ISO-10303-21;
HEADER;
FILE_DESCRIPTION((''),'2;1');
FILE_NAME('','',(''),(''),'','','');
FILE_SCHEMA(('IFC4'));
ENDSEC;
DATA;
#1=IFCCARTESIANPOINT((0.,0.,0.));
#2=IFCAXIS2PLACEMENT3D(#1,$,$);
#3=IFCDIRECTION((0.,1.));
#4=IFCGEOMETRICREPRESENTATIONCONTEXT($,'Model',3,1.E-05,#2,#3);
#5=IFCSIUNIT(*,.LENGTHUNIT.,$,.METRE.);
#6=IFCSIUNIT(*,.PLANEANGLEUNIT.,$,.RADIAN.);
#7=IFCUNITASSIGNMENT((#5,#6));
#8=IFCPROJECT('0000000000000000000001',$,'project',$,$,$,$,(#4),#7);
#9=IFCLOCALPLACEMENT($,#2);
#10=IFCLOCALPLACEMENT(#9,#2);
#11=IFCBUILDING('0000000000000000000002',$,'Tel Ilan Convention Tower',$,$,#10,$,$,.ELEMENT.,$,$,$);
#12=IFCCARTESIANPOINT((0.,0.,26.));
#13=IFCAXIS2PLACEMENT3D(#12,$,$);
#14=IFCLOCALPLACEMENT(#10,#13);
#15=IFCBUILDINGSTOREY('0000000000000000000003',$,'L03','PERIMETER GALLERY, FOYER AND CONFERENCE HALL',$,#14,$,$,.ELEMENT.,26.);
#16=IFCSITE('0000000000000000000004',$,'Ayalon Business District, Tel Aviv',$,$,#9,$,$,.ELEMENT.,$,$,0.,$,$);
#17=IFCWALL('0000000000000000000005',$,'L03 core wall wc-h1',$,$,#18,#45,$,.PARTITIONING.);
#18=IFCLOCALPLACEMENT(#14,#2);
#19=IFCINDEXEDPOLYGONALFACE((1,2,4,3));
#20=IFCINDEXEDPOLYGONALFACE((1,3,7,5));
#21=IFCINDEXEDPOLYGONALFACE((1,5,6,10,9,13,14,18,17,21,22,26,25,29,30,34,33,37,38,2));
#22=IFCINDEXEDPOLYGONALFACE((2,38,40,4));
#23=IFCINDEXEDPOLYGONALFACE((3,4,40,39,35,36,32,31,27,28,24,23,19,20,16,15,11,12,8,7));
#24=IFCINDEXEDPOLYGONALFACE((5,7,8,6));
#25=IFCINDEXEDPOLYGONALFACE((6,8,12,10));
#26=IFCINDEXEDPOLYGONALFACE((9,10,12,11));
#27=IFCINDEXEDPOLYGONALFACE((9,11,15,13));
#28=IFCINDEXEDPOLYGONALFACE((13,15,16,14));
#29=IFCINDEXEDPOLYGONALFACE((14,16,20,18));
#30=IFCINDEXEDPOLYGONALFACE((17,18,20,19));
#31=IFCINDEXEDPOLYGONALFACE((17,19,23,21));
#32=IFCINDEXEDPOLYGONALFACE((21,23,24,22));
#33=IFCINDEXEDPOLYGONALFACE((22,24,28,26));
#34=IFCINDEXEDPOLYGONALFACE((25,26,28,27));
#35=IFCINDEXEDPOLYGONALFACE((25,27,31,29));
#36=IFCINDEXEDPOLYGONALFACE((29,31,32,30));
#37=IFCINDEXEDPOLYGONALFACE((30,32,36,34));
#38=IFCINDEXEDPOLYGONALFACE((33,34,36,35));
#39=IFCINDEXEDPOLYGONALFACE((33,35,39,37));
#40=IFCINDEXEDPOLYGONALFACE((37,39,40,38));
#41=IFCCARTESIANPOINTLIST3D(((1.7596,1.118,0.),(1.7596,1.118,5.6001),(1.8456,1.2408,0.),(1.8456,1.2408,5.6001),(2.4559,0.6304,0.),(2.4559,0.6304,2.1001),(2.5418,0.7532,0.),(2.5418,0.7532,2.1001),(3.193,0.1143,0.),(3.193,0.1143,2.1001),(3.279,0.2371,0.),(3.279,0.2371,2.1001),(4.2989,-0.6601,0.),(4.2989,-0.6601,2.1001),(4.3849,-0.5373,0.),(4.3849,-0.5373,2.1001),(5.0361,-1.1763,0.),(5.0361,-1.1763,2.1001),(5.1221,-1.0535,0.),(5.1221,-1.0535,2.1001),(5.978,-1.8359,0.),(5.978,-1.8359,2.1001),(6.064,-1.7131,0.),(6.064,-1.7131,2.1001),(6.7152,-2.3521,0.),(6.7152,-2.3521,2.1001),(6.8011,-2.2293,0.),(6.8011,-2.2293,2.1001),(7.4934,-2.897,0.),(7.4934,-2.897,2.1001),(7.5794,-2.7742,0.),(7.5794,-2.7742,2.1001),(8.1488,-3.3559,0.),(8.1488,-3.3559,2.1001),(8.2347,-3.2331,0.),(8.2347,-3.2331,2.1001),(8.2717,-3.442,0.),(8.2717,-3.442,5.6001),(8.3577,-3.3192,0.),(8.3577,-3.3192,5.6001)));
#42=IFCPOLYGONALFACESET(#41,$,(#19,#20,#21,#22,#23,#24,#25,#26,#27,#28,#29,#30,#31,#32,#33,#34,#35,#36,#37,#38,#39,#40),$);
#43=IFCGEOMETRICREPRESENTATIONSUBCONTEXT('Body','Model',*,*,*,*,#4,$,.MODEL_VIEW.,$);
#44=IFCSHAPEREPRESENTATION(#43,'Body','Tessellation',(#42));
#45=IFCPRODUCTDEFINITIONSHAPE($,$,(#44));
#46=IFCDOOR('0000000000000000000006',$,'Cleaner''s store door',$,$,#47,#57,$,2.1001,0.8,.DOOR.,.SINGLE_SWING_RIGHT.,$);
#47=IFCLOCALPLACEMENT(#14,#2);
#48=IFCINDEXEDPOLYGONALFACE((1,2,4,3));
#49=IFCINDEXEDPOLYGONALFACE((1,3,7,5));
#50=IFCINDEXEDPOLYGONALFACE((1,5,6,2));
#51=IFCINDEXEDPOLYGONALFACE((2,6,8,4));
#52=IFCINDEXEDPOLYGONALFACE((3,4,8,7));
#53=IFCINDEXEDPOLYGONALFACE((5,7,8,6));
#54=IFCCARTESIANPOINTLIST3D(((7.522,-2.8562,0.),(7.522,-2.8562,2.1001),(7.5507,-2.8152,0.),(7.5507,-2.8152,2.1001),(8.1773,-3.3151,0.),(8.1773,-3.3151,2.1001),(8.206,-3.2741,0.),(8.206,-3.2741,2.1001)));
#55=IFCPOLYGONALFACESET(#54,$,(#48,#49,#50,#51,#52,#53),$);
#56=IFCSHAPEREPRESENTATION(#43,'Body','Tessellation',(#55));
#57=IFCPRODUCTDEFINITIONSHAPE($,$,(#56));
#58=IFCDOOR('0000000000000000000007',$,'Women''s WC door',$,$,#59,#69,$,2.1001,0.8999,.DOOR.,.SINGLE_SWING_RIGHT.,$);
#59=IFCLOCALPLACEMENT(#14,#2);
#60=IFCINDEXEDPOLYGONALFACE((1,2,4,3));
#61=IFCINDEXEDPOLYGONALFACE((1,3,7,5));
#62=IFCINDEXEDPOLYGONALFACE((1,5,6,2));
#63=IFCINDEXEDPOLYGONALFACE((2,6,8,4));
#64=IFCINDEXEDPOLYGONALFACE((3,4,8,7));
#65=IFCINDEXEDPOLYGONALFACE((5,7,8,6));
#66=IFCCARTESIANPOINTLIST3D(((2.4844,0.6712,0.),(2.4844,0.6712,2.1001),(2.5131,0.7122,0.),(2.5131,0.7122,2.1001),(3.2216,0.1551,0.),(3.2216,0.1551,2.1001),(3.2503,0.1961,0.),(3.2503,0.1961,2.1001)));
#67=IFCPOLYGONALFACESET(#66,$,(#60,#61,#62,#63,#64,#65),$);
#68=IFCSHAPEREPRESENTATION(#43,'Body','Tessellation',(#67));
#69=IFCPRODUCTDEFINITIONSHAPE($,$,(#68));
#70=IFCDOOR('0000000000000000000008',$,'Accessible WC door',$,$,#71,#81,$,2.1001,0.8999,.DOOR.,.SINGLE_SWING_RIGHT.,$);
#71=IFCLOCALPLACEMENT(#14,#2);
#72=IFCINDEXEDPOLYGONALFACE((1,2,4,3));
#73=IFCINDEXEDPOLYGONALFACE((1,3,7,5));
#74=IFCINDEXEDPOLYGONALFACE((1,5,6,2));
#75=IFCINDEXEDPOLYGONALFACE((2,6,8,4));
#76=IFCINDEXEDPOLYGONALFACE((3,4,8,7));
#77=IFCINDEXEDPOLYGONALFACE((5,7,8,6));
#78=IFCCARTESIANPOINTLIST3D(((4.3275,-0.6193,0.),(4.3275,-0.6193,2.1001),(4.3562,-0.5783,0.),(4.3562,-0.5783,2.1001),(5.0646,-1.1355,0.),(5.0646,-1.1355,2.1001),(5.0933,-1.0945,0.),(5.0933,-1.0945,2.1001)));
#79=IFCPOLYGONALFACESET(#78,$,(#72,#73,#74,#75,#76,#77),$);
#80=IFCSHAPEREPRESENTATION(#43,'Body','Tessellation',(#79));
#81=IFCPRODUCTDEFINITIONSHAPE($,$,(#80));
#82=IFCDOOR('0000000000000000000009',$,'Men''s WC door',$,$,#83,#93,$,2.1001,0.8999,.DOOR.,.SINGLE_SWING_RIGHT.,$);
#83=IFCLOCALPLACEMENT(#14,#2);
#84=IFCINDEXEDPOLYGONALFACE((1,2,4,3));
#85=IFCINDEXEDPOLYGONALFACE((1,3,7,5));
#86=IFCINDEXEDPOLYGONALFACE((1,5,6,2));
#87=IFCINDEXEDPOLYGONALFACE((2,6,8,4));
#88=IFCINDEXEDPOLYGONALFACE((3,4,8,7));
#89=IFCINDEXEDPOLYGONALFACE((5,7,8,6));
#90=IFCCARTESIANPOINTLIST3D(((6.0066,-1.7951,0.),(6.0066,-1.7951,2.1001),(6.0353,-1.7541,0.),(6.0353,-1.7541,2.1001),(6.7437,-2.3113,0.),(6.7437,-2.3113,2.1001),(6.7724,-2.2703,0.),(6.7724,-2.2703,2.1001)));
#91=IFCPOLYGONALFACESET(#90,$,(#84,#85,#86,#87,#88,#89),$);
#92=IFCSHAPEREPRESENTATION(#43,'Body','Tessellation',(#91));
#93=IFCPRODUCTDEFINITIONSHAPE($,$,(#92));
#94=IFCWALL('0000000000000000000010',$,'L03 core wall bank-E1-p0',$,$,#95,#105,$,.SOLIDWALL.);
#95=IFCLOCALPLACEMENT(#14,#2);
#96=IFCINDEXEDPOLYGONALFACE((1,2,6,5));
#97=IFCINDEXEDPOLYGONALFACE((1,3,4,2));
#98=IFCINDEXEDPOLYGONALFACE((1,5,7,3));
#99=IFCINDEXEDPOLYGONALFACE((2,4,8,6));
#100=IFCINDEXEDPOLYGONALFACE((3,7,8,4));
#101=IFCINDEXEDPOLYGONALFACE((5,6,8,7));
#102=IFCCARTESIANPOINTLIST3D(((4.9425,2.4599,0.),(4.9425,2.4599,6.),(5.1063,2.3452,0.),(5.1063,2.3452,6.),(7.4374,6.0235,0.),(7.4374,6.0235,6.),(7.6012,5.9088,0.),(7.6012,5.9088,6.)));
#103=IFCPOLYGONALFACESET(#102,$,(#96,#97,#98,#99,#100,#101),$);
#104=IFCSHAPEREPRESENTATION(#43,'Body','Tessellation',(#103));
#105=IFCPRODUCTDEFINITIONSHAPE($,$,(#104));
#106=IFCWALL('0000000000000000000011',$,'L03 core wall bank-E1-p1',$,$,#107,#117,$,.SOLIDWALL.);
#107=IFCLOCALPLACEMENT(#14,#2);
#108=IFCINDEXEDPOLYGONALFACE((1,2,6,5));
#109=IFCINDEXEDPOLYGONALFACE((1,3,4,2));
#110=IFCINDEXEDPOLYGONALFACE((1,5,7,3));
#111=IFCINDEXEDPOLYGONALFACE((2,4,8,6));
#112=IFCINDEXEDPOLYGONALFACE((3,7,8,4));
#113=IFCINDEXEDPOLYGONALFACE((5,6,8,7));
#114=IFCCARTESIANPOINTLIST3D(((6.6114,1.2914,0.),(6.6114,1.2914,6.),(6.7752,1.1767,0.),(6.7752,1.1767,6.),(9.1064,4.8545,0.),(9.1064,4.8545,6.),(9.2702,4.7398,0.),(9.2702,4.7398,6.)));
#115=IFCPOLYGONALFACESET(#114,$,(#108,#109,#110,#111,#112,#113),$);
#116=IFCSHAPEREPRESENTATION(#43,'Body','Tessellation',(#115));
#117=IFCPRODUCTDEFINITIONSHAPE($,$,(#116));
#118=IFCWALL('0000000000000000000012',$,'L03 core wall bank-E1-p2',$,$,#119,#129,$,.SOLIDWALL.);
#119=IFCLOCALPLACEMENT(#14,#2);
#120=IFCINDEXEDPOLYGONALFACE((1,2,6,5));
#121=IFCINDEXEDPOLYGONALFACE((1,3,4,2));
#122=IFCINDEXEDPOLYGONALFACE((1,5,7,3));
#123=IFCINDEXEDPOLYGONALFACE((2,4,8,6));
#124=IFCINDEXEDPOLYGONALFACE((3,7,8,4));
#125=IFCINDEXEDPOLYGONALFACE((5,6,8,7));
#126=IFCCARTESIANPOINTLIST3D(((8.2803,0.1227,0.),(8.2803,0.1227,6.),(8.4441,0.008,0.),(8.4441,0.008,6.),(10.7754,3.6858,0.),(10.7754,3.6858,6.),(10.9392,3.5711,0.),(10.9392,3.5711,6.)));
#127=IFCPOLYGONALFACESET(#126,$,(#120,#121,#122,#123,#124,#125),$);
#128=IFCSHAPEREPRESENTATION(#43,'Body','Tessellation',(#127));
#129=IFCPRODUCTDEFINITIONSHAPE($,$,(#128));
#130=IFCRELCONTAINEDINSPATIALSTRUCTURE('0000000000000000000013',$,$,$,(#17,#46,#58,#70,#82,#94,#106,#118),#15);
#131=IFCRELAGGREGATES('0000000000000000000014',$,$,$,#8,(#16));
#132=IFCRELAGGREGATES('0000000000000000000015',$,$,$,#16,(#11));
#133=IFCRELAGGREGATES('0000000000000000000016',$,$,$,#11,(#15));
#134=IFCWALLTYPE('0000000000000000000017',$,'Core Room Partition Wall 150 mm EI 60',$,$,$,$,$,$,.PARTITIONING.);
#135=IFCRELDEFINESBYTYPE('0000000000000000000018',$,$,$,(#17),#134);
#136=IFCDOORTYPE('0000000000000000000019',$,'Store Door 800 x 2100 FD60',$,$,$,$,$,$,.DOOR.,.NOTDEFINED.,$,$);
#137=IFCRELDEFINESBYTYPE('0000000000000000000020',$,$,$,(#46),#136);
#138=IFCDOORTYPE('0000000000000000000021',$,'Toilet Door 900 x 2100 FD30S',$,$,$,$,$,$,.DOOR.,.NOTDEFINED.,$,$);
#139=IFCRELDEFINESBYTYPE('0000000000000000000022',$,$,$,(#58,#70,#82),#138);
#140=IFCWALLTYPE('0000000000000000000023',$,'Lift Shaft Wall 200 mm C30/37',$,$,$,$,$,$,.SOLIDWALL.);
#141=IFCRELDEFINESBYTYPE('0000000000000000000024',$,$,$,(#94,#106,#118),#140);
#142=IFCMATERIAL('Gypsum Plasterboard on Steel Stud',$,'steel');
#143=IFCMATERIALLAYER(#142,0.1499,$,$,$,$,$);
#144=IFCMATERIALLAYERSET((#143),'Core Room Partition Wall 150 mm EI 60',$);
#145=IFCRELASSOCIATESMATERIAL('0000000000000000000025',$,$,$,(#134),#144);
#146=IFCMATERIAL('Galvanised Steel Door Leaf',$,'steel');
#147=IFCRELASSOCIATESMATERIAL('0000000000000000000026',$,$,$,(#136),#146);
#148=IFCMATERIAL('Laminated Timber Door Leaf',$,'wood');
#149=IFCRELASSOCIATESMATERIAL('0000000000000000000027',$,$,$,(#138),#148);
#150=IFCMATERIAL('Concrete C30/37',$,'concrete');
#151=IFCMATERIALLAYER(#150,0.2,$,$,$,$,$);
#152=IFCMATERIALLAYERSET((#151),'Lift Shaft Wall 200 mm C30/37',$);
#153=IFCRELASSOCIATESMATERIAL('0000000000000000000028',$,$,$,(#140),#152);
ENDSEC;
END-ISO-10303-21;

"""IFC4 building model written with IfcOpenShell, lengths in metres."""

from ifc_helpers import new_model, si_unit, direction, frame, frame_2d, origin, place, context, subcontext, project, spatial, rectangle, extrude, material, layer, layer_set, type_object, element, fill, save


model = new_model("IFC4")

# Units and contexts
model_context = context("Model", 3, precision=1e-05, world=origin(), true_north=direction((0.0, 1.0)))
body_context = subcontext(model_context, "Body", "Model", "MODEL_VIEW")
ifc_project = project(units=[si_unit("LENGTHUNIT", "METRE"), si_unit("PLANEANGLEUNIT", "RADIAN")], contexts=[model_context])

# Site, building, storey
site_placement = place(None, origin())
site = spatial("IfcSite", under=ifc_project, at=site_placement, Name="Ayalon Business District, Tel Aviv", CompositionType="ELEMENT", RefElevation=0.0)
building_placement = place(site_placement, origin())
building = spatial("IfcBuilding", under=site, at=building_placement, Name="Tel Ilan Convention Tower", CompositionType="ELEMENT")
storey_placement = place(building_placement, frame((0.0, 0.0, 26.0)))
storey = spatial("IfcBuildingStorey", under=building, at=storey_placement, Name="L03", Description="PERIMETER GALLERY, FOYER AND CONFERENCE HALL", CompositionType="ELEMENT", Elevation=26.0)

# Wall, openings, doors
ifc_material_1 = material(Name="Gypsum Plasterboard on Steel Stud", Category="steel")
ifc_layer_1 = layer(ifc_material_1, 0.1499)
ifc_layer_set_1 = layer_set([ifc_layer_1], Name="Core Room Partition Wall 150 mm EI 60")
wall_type_1 = type_object("IfcWallType", Name="Core Room Partition Wall 150 mm EI 60", PredefinedType="PARTITIONING", material=ifc_layer_set_1)
wall_1_placement = place(storey_placement, frame((1.8025, 1.1794, 0.0), z_axis=(0.0, 0.0, 1.0), x_axis=(0.819142, -0.57359, 0.0)))
wall_1 = element("IfcWall", 1, at=wall_1_placement, inside=storey, type_object=wall_type_1, Name="L03 core wall wc-h1", PredefinedType="PARTITIONING", context=body_context, shape_type="SweptSolid", body=[
    extrude(rectangle(XDim=7.95, YDim=0.1499, at=frame_2d((3.9751, 0.0))), origin(), (0.0, 0.0, 1.0), 5.6001),
])
opening_1_placement = place(wall_1_placement, frame((0.8501, 0.0, 0.0)))
opening_1 = element("IfcOpeningElement", 2, at=opening_1_placement, cuts=wall_1, PredefinedType="OPENING", context=body_context, shape_type="SweptSolid", body=[
    extrude(rectangle(XDim=0.8999, YDim=2.1001, at=frame_2d((0.45, 1.05))), frame((0.0, 0.085, 0.0), z_axis=(0.0, -1.0, 0.0), x_axis=(1.0, 0.0, 0.0)), (0.0, 0.0, 1.0), 0.1699),
])
opening_2_placement = place(wall_1_placement, frame((3.1001, 0.0, 0.0)))
opening_2 = element("IfcOpeningElement", 3, at=opening_2_placement, cuts=wall_1, PredefinedType="OPENING", context=body_context, shape_type="SweptSolid", body=[
    extrude(rectangle(XDim=0.8999, YDim=2.1001, at=frame_2d((0.45, 1.05))), frame((0.0, 0.085, 0.0), z_axis=(0.0, -1.0, 0.0), x_axis=(1.0, 0.0, 0.0)), (0.0, 0.0, 1.0), 0.1699),
])
opening_3_placement = place(wall_1_placement, frame((5.1499, 0.0, 0.0)))
opening_3 = element("IfcOpeningElement", 4, at=opening_3_placement, cuts=wall_1, PredefinedType="OPENING", context=body_context, shape_type="SweptSolid", body=[
    extrude(rectangle(XDim=0.8999, YDim=2.1001, at=frame_2d((0.45, 1.05))), frame((0.0, 0.085, 0.0), z_axis=(0.0, -1.0, 0.0), x_axis=(1.0, 0.0, 0.0)), (0.0, 0.0, 1.0), 0.1699),
])
opening_4_placement = place(wall_1_placement, frame((7.0, 0.0, 0.0)))
opening_4 = element("IfcOpeningElement", 5, at=opening_4_placement, cuts=wall_1, PredefinedType="OPENING", context=body_context, shape_type="SweptSolid", body=[
    extrude(rectangle(XDim=0.8, YDim=2.1001, at=frame_2d((0.3999, 1.05))), frame((0.0, 0.085, 0.0), z_axis=(0.0, -1.0, 0.0), x_axis=(1.0, 0.0, 0.0)), (0.0, 0.0, 1.0), 0.1699),
])
ifc_material_2 = material(Name="Galvanised Steel Door Leaf", Category="steel")
door_type_1 = type_object("IfcDoorType", Name="Store Door 800 x 2100 FD60", OperationType="NOTDEFINED", PredefinedType="DOOR", material=ifc_material_2)
door_1_placement = place(opening_4_placement, origin())
door_1 = element("IfcDoor", 6, at=door_1_placement, inside=storey, type_object=door_type_1, Name="Cleaner's store door", OperationType="SINGLE_SWING_RIGHT", OverallHeight=2.1001, OverallWidth=0.8, PredefinedType="DOOR", context=body_context, shape_type="SweptSolid", body=[
    extrude(rectangle(XDim=0.8, YDim=2.1001, at=frame_2d((0.3999, 1.05))), frame((0.0, 0.0249, 0.0), z_axis=(0.0, -1.0, 0.0), x_axis=(1.0, 0.0, 0.0)), (0.0, 0.0, 1.0), 0.05),
])
fill(opening_4, door_1)
ifc_material_3 = material(Name="Laminated Timber Door Leaf", Category="wood")
door_type_2 = type_object("IfcDoorType", Name="Toilet Door 900 x 2100 FD30S", OperationType="NOTDEFINED", PredefinedType="DOOR", material=ifc_material_3)
door_2_placement = place(opening_1_placement, origin())
door_2 = element("IfcDoor", 7, at=door_2_placement, inside=storey, type_object=door_type_2, Name="Women's WC door", OperationType="SINGLE_SWING_RIGHT", OverallHeight=2.1001, OverallWidth=0.8999, PredefinedType="DOOR", context=body_context, shape_type="SweptSolid", body=[
    extrude(rectangle(XDim=0.8999, YDim=2.1001, at=frame_2d((0.45, 1.05))), frame((0.0, 0.0249, 0.0), z_axis=(0.0, -1.0, 0.0), x_axis=(1.0, 0.0, 0.0)), (0.0, 0.0, 1.0), 0.05),
])
fill(opening_1, door_2)
door_3_placement = place(opening_2_placement, origin())
door_3 = element("IfcDoor", 8, at=door_3_placement, inside=storey, type_object=door_type_2, Name="Accessible WC door", OperationType="SINGLE_SWING_RIGHT", OverallHeight=2.1001, OverallWidth=0.8999, PredefinedType="DOOR", context=body_context, shape_type="SweptSolid", body=[
    extrude(rectangle(XDim=0.8999, YDim=2.1001, at=frame_2d((0.45, 1.05))), frame((0.0, 0.0249, 0.0), z_axis=(0.0, -1.0, 0.0), x_axis=(1.0, 0.0, 0.0)), (0.0, 0.0, 1.0), 0.05),
])
fill(opening_2, door_3)
door_4_placement = place(opening_3_placement, origin())
door_4 = element("IfcDoor", 9, at=door_4_placement, inside=storey, type_object=door_type_2, Name="Men's WC door", OperationType="SINGLE_SWING_RIGHT", OverallHeight=2.1001, OverallWidth=0.8999, PredefinedType="DOOR", context=body_context, shape_type="SweptSolid", body=[
    extrude(rectangle(XDim=0.8999, YDim=2.1001, at=frame_2d((0.45, 1.05))), frame((0.0, 0.0249, 0.0), z_axis=(0.0, -1.0, 0.0), x_axis=(1.0, 0.0, 0.0)), (0.0, 0.0, 1.0), 0.05),
])
fill(opening_3, door_4)

# Walls
ifc_material_4 = material(Name="Concrete C30/37", Category="concrete")
ifc_layer_2 = layer(ifc_material_4, 0.2)
ifc_layer_set_2 = layer_set([ifc_layer_2], Name="Lift Shaft Wall 200 mm C30/37")
wall_type_2 = type_object("IfcWallType", Name="Lift Shaft Wall 200 mm C30/37", PredefinedType="SOLIDWALL", material=ifc_layer_set_2)
wall_2_placement = place(storey_placement, frame((5.0244, 2.4026, 0.0), z_axis=(0.0, 0.0, 1.0), x_axis=(0.57353, 0.819184, 0.0)))
element("IfcWall", 10, at=wall_2_placement, inside=storey, type_object=wall_type_2, Name="L03 core wall bank-E1-p0", PredefinedType="SOLIDWALL", context=body_context, shape_type="SweptSolid", body=[
    extrude(rectangle(XDim=4.3501, YDim=0.2, at=frame_2d((2.175, 0.0))), origin(), (0.0, 0.0, 1.0), 6.0),
])
for number, where, z_axis, x_axis, name in (
    (11, (6.6934, 1.2341, 0.0), (0.0, 0.0, 1.0), (0.573594, 0.81914, 0.0), "L03 core wall bank-E1-p1"),
    (12, (8.3623, 0.0654, 0.0), (0.0, 0.0, 1.0), (0.573594, 0.81914, 0.0), "L03 core wall bank-E1-p2"),
):
    element("IfcWall", number, at=place(storey_placement, frame(where, z_axis=z_axis, x_axis=x_axis)), inside=storey, type_object=wall_type_2, Name=name, PredefinedType="SOLIDWALL", context=body_context, shape_type="SweptSolid", body=[
        extrude(rectangle(XDim=4.3499, YDim=0.2, at=frame_2d((2.1748, 0.0))), origin(), (0.0, 0.0, 1.0), 6.0),
    ])

save(model, "model.ifc")
